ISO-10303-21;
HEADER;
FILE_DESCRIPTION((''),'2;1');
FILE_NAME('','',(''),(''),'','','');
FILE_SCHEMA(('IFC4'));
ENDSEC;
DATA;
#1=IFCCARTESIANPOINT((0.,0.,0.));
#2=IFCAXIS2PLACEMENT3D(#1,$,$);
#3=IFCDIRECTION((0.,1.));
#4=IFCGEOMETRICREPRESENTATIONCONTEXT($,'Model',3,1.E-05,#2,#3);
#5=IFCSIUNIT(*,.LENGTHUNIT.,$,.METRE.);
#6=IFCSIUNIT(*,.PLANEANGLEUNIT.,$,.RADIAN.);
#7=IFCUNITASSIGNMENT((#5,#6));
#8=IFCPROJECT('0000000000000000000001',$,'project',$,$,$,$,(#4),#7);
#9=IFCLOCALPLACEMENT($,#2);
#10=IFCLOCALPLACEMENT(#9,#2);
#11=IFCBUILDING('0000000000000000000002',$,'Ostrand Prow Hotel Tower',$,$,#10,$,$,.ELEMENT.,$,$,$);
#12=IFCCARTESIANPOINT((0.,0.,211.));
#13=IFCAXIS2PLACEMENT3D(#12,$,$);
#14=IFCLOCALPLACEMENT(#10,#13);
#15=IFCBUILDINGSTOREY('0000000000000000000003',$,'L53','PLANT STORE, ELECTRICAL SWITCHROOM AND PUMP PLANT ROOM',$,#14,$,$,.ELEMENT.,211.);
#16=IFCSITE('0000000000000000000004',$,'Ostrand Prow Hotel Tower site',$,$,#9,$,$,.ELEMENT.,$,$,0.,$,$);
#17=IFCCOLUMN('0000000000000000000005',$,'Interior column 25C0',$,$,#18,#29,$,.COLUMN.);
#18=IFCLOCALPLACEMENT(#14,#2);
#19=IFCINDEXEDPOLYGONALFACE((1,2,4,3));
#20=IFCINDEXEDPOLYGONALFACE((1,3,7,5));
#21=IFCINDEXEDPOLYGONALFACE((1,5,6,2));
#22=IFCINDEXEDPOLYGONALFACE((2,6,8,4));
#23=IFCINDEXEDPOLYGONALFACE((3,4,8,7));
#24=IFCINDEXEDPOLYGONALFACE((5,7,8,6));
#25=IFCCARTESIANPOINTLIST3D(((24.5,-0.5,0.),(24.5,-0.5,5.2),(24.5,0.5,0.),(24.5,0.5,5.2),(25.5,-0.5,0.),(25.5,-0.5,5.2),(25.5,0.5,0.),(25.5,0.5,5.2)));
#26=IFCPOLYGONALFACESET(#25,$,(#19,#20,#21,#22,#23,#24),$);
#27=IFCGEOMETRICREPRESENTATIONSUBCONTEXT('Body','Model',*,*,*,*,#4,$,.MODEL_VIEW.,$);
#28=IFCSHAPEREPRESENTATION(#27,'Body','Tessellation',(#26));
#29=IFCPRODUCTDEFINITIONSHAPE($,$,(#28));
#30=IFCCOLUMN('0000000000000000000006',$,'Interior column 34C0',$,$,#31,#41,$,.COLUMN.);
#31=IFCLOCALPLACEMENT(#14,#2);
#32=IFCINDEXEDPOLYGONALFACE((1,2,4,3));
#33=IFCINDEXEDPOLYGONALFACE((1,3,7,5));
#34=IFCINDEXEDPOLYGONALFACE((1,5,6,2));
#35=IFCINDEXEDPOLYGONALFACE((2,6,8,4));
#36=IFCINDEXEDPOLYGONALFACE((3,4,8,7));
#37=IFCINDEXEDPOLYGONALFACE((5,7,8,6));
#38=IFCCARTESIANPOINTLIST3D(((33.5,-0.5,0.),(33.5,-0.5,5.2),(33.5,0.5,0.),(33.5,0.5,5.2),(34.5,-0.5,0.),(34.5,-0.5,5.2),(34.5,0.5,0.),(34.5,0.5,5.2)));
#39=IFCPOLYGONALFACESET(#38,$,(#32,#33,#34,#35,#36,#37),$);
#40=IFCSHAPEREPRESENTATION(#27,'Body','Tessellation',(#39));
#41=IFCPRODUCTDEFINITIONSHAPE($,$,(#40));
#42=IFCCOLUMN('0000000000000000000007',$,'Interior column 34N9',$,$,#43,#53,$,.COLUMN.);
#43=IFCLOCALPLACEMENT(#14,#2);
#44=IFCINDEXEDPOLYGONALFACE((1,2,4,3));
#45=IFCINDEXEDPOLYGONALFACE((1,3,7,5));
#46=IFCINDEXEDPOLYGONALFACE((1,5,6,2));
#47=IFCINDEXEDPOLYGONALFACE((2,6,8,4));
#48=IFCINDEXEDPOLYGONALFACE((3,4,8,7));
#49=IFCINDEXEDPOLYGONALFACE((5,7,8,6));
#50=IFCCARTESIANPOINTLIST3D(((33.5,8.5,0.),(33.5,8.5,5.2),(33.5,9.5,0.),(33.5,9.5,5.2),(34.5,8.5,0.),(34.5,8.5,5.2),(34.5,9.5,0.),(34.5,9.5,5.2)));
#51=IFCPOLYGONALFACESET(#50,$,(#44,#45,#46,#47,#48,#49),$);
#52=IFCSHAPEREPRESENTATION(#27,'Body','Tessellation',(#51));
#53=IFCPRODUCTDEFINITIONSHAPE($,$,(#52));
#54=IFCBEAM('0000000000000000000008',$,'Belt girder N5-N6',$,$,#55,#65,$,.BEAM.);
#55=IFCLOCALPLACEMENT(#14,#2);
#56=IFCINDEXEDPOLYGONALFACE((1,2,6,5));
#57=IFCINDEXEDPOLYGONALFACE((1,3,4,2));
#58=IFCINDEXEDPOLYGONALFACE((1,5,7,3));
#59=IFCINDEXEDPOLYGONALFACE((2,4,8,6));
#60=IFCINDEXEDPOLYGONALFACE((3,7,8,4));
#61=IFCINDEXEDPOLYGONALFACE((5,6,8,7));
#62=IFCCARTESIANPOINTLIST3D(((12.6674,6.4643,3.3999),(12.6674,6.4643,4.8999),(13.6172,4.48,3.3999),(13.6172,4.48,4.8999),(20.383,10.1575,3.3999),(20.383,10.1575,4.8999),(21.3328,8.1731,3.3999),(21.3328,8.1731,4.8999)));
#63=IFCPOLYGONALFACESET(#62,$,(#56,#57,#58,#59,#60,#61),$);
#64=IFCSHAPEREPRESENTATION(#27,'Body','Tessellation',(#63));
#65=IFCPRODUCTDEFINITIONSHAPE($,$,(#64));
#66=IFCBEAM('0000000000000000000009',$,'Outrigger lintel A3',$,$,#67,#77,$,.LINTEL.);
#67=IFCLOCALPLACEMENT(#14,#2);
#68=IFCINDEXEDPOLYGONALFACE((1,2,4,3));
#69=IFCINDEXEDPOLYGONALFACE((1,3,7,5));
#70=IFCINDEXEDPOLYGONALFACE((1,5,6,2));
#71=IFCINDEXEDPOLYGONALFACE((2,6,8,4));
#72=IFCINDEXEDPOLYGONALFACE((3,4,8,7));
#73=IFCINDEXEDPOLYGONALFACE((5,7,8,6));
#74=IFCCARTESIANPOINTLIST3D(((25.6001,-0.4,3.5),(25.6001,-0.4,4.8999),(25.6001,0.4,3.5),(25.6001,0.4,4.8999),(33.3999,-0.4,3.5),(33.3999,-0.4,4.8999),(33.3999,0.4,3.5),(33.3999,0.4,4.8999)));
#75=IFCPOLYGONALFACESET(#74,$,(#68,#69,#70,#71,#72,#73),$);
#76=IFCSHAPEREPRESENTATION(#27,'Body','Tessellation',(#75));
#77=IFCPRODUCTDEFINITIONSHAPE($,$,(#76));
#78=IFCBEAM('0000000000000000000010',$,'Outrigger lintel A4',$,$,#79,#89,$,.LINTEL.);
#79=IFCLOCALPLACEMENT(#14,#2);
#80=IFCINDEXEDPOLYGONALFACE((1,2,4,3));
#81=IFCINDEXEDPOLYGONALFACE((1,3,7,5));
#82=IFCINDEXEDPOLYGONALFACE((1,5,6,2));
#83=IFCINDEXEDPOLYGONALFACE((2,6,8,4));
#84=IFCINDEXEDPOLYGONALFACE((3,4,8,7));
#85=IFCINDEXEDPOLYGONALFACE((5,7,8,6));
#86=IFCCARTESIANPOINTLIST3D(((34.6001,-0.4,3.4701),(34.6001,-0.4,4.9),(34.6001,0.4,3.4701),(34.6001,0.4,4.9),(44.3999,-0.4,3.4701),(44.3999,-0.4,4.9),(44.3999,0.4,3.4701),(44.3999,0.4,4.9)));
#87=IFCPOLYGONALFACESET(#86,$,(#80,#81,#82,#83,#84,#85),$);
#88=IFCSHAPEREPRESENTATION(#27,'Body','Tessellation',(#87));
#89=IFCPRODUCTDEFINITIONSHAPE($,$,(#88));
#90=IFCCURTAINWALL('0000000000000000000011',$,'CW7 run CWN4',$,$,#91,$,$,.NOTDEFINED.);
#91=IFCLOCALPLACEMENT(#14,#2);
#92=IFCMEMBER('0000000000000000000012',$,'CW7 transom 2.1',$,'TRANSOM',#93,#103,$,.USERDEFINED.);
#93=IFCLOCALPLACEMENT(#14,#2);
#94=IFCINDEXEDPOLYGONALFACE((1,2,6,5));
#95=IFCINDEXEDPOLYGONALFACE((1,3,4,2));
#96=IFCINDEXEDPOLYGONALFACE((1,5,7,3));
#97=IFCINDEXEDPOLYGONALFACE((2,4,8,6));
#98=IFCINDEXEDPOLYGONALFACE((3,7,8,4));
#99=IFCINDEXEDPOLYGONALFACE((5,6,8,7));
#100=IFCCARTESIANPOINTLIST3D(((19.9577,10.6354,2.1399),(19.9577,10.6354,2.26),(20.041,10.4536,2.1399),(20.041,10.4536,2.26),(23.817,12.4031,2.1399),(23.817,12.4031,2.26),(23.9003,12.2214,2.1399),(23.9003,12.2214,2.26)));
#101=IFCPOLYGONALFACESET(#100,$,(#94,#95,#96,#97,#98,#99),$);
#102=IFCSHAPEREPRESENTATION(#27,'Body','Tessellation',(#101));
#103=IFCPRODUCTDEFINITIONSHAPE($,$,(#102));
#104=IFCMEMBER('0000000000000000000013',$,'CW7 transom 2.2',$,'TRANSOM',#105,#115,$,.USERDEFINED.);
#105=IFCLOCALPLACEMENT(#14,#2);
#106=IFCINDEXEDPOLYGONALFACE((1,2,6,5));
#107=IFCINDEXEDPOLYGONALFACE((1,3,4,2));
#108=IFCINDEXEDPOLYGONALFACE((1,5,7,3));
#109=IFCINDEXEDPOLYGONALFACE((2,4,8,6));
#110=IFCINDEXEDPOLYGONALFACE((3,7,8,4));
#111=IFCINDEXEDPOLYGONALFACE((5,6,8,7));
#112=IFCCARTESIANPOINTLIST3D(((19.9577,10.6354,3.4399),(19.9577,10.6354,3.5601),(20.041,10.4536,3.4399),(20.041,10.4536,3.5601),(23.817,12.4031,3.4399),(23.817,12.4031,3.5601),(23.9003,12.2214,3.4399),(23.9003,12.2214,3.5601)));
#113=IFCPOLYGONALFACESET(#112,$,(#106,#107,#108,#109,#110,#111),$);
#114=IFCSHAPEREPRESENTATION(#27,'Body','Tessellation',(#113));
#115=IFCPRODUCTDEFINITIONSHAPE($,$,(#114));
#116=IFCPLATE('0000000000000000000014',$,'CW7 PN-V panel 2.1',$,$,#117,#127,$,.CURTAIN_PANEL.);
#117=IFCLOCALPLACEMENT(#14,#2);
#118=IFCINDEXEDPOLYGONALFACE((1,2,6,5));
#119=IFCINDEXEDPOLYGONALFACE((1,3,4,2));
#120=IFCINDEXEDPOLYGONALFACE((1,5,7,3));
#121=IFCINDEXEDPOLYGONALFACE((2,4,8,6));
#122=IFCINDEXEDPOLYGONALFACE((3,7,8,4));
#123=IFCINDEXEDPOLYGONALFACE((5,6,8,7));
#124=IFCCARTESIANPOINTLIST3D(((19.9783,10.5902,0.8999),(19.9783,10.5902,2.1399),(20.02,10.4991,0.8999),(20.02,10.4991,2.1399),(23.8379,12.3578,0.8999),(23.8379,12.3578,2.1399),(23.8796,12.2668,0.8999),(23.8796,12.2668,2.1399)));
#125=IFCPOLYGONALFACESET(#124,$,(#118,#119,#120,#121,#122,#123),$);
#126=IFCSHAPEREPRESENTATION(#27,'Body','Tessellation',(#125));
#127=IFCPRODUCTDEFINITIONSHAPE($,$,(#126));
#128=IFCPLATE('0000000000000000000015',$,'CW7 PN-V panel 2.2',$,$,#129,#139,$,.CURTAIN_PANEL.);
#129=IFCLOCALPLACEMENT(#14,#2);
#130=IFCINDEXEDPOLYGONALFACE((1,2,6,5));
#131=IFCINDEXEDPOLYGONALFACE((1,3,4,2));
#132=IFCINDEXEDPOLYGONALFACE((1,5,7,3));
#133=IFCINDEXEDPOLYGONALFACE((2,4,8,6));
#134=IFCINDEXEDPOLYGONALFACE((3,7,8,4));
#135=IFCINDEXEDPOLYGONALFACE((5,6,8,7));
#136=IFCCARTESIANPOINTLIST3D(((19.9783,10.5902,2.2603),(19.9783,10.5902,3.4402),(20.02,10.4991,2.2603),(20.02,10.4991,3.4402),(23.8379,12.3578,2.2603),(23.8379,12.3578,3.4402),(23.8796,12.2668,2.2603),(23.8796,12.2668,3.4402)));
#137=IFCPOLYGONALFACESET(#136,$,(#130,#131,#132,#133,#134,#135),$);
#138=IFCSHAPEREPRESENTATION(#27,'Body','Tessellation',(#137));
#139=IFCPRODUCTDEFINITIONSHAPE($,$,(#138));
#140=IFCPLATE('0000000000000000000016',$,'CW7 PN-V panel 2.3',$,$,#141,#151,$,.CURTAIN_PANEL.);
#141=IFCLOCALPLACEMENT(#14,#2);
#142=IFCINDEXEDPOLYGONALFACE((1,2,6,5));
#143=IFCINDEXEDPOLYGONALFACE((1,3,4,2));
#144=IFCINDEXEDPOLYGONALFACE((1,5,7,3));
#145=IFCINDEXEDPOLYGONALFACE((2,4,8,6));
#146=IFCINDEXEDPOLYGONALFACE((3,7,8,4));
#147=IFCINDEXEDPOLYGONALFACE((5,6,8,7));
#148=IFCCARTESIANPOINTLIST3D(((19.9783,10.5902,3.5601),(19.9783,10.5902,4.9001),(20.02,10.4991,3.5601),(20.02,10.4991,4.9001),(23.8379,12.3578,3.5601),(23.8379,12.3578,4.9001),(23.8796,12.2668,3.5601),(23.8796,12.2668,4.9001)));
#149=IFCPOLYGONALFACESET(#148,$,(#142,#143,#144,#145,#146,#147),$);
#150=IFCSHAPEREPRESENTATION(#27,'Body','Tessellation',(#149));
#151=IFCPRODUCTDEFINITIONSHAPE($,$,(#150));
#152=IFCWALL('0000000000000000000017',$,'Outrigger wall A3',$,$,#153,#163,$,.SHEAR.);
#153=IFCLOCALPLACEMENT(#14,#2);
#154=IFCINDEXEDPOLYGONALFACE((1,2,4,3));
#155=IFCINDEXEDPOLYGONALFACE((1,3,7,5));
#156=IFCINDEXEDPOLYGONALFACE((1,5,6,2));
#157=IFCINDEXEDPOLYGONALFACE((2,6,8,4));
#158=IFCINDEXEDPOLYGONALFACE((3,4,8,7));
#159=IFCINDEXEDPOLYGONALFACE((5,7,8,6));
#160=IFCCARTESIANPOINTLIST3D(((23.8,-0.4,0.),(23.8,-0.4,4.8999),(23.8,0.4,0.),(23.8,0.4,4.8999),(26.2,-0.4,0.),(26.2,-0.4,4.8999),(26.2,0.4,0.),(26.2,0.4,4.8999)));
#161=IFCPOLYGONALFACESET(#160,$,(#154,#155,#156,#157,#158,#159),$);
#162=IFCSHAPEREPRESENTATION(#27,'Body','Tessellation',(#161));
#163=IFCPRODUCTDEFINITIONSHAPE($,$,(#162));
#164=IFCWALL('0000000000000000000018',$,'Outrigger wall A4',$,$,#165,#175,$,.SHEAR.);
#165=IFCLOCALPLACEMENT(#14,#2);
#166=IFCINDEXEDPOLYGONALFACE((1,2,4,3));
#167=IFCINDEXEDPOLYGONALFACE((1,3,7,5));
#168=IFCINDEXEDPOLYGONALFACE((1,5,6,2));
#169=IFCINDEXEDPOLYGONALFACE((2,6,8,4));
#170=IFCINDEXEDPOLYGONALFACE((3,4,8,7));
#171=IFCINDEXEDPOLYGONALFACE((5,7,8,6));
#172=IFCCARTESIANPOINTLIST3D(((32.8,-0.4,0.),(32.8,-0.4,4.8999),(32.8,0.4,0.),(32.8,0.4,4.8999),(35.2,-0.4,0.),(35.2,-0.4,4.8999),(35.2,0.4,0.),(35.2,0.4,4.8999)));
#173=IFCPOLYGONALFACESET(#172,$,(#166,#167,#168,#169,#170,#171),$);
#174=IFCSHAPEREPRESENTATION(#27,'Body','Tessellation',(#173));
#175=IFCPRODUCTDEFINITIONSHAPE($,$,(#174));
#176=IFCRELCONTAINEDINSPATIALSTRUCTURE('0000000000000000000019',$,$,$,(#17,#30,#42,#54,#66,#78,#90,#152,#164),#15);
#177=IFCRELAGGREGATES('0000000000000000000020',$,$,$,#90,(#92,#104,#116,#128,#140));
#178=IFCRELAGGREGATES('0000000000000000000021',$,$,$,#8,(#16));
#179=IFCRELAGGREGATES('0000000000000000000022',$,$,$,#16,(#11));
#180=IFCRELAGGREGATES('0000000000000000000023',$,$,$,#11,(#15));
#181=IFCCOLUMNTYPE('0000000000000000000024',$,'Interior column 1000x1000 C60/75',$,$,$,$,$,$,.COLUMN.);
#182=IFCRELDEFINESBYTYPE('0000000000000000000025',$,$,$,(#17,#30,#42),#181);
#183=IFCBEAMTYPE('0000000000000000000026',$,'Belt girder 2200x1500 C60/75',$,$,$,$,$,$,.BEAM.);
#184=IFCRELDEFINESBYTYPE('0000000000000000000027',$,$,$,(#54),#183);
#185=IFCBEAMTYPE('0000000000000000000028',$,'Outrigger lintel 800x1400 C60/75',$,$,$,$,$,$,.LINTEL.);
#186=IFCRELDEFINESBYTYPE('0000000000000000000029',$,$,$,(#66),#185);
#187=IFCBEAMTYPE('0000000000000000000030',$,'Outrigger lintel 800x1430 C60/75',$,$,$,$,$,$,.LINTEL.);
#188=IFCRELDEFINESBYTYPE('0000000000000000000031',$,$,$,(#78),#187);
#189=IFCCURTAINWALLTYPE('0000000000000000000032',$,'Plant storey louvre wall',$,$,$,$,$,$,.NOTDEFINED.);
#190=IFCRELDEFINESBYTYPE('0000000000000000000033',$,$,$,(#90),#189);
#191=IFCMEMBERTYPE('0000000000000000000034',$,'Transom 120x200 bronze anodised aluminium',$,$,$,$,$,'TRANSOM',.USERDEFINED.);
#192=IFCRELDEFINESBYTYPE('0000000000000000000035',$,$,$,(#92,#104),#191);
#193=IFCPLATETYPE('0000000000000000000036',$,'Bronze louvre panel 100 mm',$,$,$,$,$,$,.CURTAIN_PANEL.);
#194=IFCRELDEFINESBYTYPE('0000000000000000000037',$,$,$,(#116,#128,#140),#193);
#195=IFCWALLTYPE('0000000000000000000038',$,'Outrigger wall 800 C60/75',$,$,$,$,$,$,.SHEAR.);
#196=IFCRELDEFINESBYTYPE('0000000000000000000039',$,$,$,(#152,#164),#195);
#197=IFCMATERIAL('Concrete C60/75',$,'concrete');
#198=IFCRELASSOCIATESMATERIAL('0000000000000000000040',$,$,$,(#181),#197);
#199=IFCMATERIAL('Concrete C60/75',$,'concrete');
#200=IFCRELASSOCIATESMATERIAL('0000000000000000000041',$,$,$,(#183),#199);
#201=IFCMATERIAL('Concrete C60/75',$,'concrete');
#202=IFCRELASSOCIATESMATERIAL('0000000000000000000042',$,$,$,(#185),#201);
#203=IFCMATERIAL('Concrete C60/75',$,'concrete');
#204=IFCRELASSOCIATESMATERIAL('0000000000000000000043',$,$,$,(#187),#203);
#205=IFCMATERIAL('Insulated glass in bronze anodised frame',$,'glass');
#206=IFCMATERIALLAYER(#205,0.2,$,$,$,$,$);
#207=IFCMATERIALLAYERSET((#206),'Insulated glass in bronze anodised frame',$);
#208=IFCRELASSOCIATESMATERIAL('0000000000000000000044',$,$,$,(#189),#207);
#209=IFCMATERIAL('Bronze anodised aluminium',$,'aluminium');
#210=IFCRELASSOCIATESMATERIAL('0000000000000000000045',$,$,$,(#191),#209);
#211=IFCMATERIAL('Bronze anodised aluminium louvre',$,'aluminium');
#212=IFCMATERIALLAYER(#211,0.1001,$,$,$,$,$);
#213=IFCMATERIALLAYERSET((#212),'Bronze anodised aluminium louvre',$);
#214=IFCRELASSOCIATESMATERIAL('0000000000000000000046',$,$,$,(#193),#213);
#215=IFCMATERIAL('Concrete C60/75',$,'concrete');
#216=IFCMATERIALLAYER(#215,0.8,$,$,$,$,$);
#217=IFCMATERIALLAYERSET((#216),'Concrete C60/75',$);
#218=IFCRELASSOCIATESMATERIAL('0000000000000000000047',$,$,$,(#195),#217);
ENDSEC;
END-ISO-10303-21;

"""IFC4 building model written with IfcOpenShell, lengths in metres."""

from ifc_helpers import new_model, si_unit, direction, frame, frame_2d, origin, origin_2d, place, context, subcontext, project, spatial, rectangle, extrude, material, layer, layer_set, material_profile, profile_set, type_object, element, aggregate, save


model = new_model("IFC4")

# Units and contexts
model_context = context("Model", 3, precision=1e-05, world=origin(), true_north=direction((0.0, 1.0)))
body_context = subcontext(model_context, "Body", "Model", "MODEL_VIEW")
ifc_project = project(units=[si_unit("LENGTHUNIT", "METRE"), si_unit("PLANEANGLEUNIT", "RADIAN")], contexts=[model_context])

# Site, building, storey
site_placement = place(None, origin())
site = spatial("IfcSite", under=ifc_project, at=site_placement, Name="Ostrand Prow Hotel Tower site", CompositionType="ELEMENT", RefElevation=0.0)
building_placement = place(site_placement, origin())
building = spatial("IfcBuilding", under=site, at=building_placement, Name="Ostrand Prow Hotel Tower", CompositionType="ELEMENT")
storey_placement = place(building_placement, frame((0.0, 0.0, 211.0)))
storey = spatial("IfcBuildingStorey", under=building, at=storey_placement, Name="L53", Description="PLANT STORE, ELECTRICAL SWITCHROOM AND PUMP PLANT ROOM", CompositionType="ELEMENT", Elevation=211.0)

# Columns
ifc_material_1 = material(Name="Concrete C60/75", Category="concrete")
ifc_material_profile_1 = material_profile(ifc_material_1, rectangle(XDim=1.0, YDim=1.0, at=origin_2d()), Name="RC 1000x1000")
ifc_profile_set_1 = profile_set([ifc_material_profile_1], Name="Concrete C60/75")
column_type = type_object("IfcColumnType", Name="Interior column 1000x1000 C60/75", PredefinedType="COLUMN", material=ifc_profile_set_1)
for number, where, z_axis, x_axis, name in (
    (1, (25.0, 0.0, 0.0), (0.0, 0.0, 1.0), (1.0, 0.0, 0.0), "Interior column 25C0"),
    (2, (34.0, 0.0, 0.0), (0.0, 0.0, 1.0), (1.0, 0.0, 0.0), "Interior column 34C0"),
    (3, (34.0, 9.0, 0.0), (0.0, 0.0, 1.0), (1.0, 0.0, 0.0), "Interior column 34N9"),
):
    element("IfcColumn", number, at=place(storey_placement, frame(where, z_axis=z_axis, x_axis=x_axis)), inside=storey, type_object=column_type, Name=name, PredefinedType="COLUMN", context=body_context, shape_type="SweptSolid", body=[
        extrude(rectangle(XDim=1.0, YDim=1.0, at=origin_2d()), origin(), (0.0, 0.0, 1.0), 5.2),
    ])

# Beams
ifc_material_2 = material(Name="Concrete C60/75", Category="concrete")
ifc_material_profile_2 = material_profile(ifc_material_2, rectangle(XDim=2.2, YDim=1.5, at=origin_2d()), Name="RC 2200x1500")
ifc_profile_set_2 = profile_set([ifc_material_profile_2], Name="Concrete C60/75")
beam_type_1 = type_object("IfcBeamType", Name="Belt girder 2200x1500 C60/75", PredefinedType="BEAM", material=ifc_profile_set_2)
beam_1_placement = place(storey_placement, frame((20.8579, 9.1653, 4.1499), z_axis=(-0.901995, -0.431746, 0.0), x_axis=(0.431746, -0.901995, 0.0)))
element("IfcBeam", 4, at=beam_1_placement, inside=storey, type_object=beam_type_1, Name="Belt girder N5-N6", PredefinedType="BEAM", context=body_context, shape_type="SweptSolid", body=[
    extrude(rectangle(XDim=2.2, YDim=1.5, at=origin_2d()), origin(), (0.0, 0.0, 1.0), 8.554),
])
ifc_material_3 = material(Name="Concrete C60/75", Category="concrete")
ifc_material_profile_3 = material_profile(ifc_material_3, rectangle(XDim=0.8, YDim=1.3999, at=origin_2d()), Name="RC 800x1400")
ifc_profile_set_3 = profile_set([ifc_material_profile_3], Name="Concrete C60/75")
beam_type_2 = type_object("IfcBeamType", Name="Outrigger lintel 800x1400 C60/75", PredefinedType="LINTEL", material=ifc_profile_set_3)
beam_2_placement = place(storey_placement, frame((25.6001, 0.0, 4.2), z_axis=(1.0, 0.0, 0.0), x_axis=(0.0, 1.0, 0.0)))
element("IfcBeam", 5, at=beam_2_placement, inside=storey, type_object=beam_type_2, Name="Outrigger lintel A3", PredefinedType="LINTEL", context=body_context, shape_type="SweptSolid", body=[
    extrude(rectangle(XDim=0.8, YDim=1.3999, at=origin_2d()), origin(), (0.0, 0.0, 1.0), 7.7998),
])
ifc_material_4 = material(Name="Concrete C60/75", Category="concrete")
ifc_material_profile_4 = material_profile(ifc_material_4, rectangle(XDim=0.8, YDim=1.4299, at=origin_2d()), Name="RC 800x1430")
ifc_profile_set_4 = profile_set([ifc_material_profile_4], Name="Concrete C60/75")
beam_type_3 = type_object("IfcBeamType", Name="Outrigger lintel 800x1430 C60/75", PredefinedType="LINTEL", material=ifc_profile_set_4)
beam_3_placement = place(storey_placement, frame((34.6001, 0.0, 4.1851), z_axis=(1.0, 0.0, 0.0), x_axis=(0.0, 1.0, 0.0)))
element("IfcBeam", 6, at=beam_3_placement, inside=storey, type_object=beam_type_3, Name="Outrigger lintel A4", PredefinedType="LINTEL", context=body_context, shape_type="SweptSolid", body=[
    extrude(rectangle(XDim=0.8, YDim=1.4299, at=origin_2d()), origin(), (0.0, 0.0, 1.0), 9.7998),
])

# Curtain wall, members, plates
ifc_material_5 = material(Name="Insulated glass in bronze anodised frame", Category="glass")
ifc_layer_1 = layer(ifc_material_5, 0.2)
ifc_layer_set_1 = layer_set([ifc_layer_1], Name="Insulated glass in bronze anodised frame")
curtain_wall_type = type_object("IfcCurtainWallType", Name="Plant storey louvre wall", PredefinedType="NOTDEFINED", material=ifc_layer_set_1)
curtain_wall_placement = place(storey_placement, origin())
curtain_wall = element("IfcCurtainWall", 7, at=curtain_wall_placement, inside=storey, type_object=curtain_wall_type, Name="CW7 run CWN4", PredefinedType="NOTDEFINED")
ifc_material_6 = material(Name="Bronze anodised aluminium", Category="aluminium")
ifc_material_profile_5 = material_profile(ifc_material_6, rectangle(XDim=0.2, YDim=0.1201, at=origin_2d()), Name="Transom 120x200 bronze anodised aluminium")
ifc_profile_set_5 = profile_set([ifc_material_profile_5], Name="Bronze anodised aluminium")
member_type = type_object("IfcMemberType", Name="Transom 120x200 bronze anodised aluminium", ElementType="TRANSOM", PredefinedType="USERDEFINED", material=ifc_profile_set_5)
member_1_placement = place(storey_placement, frame((23.8586, 12.3123, 2.2), z_axis=(-0.909159, -0.416449, 0.0), x_axis=(0.416449, -0.909159, 0.0)))
member_1 = element("IfcMember", 8, at=member_1_placement, type_object=member_type, Name="CW7 transom 2.1", ObjectType="TRANSOM", PredefinedType="USERDEFINED", context=body_context, shape_type="SweptSolid", body=[
    extrude(rectangle(XDim=0.2, YDim=0.1201, at=origin_2d()), origin(), (0.0, 0.0, 1.0), 4.2449),
])
member_2_placement = place(storey_placement, frame((23.8586, 12.3123, 3.5), z_axis=(-0.909159, -0.416449, 0.0), x_axis=(0.416449, -0.909159, 0.0)))
member_2 = element("IfcMember", 9, at=member_2_placement, type_object=member_type, Name="CW7 transom 2.2", ObjectType="TRANSOM", PredefinedType="USERDEFINED", context=body_context, shape_type="SweptSolid", body=[
    extrude(rectangle(XDim=0.2, YDim=0.1201, at=origin_2d()), origin(), (0.0, 0.0, 1.0), 4.2449),
])
ifc_material_7 = material(Name="Bronze anodised aluminium louvre", Category="aluminium")
ifc_layer_2 = layer(ifc_material_7, 0.1001)
ifc_layer_set_2 = layer_set([ifc_layer_2], Name="Bronze anodised aluminium louvre")
plate_type = type_object("IfcPlateType", Name="Bronze louvre panel 100 mm", PredefinedType="CURTAIN_PANEL", material=ifc_layer_set_2)
plate_1_placement = place(storey_placement, frame((21.929, 11.4285, 0.8999), z_axis=(0.0, 0.0, 1.0), x_axis=(-0.909185, -0.416393, 0.0)))
plate_1 = element("IfcPlate", 10, at=plate_1_placement, type_object=plate_type, Name="CW7 PN-V panel 2.1", PredefinedType="CURTAIN_PANEL", context=body_context, shape_type="SweptSolid", body=[
    extrude(rectangle(XDim=4.2451, YDim=0.1001, at=origin_2d()), origin(), (0.0, 0.0, 1.0), 1.24),
])
plate_2_placement = place(storey_placement, frame((21.929, 11.4285, 2.2603), z_axis=(0.0, 0.0, 1.0), x_axis=(-0.909185, -0.416393, 0.0)))
plate_2 = element("IfcPlate", 11, at=plate_2_placement, type_object=plate_type, Name="CW7 PN-V panel 2.2", PredefinedType="CURTAIN_PANEL", context=body_context, shape_type="SweptSolid", body=[
    extrude(rectangle(XDim=4.2451, YDim=0.1001, at=origin_2d()), origin(), (0.0, 0.0, 1.0), 1.1799),
])
plate_3_placement = place(storey_placement, frame((21.929, 11.4285, 3.5601), z_axis=(0.0, 0.0, 1.0), x_axis=(-0.909185, -0.416393, 0.0)))
plate_3 = element("IfcPlate", 12, at=plate_3_placement, type_object=plate_type, Name="CW7 PN-V panel 2.3", PredefinedType="CURTAIN_PANEL", context=body_context, shape_type="SweptSolid", body=[
    extrude(rectangle(XDim=4.2451, YDim=0.1001, at=origin_2d()), origin(), (0.0, 0.0, 1.0), 1.3401),
])
aggregate(curtain_wall, [member_1, member_2, plate_1, plate_2, plate_3])

# Walls
ifc_material_8 = material(Name="Concrete C60/75", Category="concrete")
ifc_layer_3 = layer(ifc_material_8, 0.8)
ifc_layer_set_3 = layer_set([ifc_layer_3], Name="Concrete C60/75")
wall_type_1 = type_object("IfcWallType", Name="Outrigger wall 800 C60/75", PredefinedType="SHEAR", material=ifc_layer_set_3)
for number, where, z_axis, x_axis, name in (
    (13, (23.8, 0.0, 0.0), (0.0, 0.0, 1.0), (1.0, 0.0, 0.0), "Outrigger wall A3"),
    (14, (32.8, 0.0, 0.0), (0.0, 0.0, 1.0), (1.0, 0.0, 0.0), "Outrigger wall A4"),
):
    element("IfcWall", number, at=place(storey_placement, frame(where, z_axis=z_axis, x_axis=x_axis)), inside=storey, type_object=wall_type_1, Name=name, PredefinedType="SHEAR", context=body_context, shape_type="SweptSolid", body=[
        extrude(rectangle(XDim=2.3999, YDim=0.8, at=frame_2d((1.2, 0.0))), origin(), (0.0, 0.0, 1.0), 4.8999),
    ])

save(model, "model.ifc")
